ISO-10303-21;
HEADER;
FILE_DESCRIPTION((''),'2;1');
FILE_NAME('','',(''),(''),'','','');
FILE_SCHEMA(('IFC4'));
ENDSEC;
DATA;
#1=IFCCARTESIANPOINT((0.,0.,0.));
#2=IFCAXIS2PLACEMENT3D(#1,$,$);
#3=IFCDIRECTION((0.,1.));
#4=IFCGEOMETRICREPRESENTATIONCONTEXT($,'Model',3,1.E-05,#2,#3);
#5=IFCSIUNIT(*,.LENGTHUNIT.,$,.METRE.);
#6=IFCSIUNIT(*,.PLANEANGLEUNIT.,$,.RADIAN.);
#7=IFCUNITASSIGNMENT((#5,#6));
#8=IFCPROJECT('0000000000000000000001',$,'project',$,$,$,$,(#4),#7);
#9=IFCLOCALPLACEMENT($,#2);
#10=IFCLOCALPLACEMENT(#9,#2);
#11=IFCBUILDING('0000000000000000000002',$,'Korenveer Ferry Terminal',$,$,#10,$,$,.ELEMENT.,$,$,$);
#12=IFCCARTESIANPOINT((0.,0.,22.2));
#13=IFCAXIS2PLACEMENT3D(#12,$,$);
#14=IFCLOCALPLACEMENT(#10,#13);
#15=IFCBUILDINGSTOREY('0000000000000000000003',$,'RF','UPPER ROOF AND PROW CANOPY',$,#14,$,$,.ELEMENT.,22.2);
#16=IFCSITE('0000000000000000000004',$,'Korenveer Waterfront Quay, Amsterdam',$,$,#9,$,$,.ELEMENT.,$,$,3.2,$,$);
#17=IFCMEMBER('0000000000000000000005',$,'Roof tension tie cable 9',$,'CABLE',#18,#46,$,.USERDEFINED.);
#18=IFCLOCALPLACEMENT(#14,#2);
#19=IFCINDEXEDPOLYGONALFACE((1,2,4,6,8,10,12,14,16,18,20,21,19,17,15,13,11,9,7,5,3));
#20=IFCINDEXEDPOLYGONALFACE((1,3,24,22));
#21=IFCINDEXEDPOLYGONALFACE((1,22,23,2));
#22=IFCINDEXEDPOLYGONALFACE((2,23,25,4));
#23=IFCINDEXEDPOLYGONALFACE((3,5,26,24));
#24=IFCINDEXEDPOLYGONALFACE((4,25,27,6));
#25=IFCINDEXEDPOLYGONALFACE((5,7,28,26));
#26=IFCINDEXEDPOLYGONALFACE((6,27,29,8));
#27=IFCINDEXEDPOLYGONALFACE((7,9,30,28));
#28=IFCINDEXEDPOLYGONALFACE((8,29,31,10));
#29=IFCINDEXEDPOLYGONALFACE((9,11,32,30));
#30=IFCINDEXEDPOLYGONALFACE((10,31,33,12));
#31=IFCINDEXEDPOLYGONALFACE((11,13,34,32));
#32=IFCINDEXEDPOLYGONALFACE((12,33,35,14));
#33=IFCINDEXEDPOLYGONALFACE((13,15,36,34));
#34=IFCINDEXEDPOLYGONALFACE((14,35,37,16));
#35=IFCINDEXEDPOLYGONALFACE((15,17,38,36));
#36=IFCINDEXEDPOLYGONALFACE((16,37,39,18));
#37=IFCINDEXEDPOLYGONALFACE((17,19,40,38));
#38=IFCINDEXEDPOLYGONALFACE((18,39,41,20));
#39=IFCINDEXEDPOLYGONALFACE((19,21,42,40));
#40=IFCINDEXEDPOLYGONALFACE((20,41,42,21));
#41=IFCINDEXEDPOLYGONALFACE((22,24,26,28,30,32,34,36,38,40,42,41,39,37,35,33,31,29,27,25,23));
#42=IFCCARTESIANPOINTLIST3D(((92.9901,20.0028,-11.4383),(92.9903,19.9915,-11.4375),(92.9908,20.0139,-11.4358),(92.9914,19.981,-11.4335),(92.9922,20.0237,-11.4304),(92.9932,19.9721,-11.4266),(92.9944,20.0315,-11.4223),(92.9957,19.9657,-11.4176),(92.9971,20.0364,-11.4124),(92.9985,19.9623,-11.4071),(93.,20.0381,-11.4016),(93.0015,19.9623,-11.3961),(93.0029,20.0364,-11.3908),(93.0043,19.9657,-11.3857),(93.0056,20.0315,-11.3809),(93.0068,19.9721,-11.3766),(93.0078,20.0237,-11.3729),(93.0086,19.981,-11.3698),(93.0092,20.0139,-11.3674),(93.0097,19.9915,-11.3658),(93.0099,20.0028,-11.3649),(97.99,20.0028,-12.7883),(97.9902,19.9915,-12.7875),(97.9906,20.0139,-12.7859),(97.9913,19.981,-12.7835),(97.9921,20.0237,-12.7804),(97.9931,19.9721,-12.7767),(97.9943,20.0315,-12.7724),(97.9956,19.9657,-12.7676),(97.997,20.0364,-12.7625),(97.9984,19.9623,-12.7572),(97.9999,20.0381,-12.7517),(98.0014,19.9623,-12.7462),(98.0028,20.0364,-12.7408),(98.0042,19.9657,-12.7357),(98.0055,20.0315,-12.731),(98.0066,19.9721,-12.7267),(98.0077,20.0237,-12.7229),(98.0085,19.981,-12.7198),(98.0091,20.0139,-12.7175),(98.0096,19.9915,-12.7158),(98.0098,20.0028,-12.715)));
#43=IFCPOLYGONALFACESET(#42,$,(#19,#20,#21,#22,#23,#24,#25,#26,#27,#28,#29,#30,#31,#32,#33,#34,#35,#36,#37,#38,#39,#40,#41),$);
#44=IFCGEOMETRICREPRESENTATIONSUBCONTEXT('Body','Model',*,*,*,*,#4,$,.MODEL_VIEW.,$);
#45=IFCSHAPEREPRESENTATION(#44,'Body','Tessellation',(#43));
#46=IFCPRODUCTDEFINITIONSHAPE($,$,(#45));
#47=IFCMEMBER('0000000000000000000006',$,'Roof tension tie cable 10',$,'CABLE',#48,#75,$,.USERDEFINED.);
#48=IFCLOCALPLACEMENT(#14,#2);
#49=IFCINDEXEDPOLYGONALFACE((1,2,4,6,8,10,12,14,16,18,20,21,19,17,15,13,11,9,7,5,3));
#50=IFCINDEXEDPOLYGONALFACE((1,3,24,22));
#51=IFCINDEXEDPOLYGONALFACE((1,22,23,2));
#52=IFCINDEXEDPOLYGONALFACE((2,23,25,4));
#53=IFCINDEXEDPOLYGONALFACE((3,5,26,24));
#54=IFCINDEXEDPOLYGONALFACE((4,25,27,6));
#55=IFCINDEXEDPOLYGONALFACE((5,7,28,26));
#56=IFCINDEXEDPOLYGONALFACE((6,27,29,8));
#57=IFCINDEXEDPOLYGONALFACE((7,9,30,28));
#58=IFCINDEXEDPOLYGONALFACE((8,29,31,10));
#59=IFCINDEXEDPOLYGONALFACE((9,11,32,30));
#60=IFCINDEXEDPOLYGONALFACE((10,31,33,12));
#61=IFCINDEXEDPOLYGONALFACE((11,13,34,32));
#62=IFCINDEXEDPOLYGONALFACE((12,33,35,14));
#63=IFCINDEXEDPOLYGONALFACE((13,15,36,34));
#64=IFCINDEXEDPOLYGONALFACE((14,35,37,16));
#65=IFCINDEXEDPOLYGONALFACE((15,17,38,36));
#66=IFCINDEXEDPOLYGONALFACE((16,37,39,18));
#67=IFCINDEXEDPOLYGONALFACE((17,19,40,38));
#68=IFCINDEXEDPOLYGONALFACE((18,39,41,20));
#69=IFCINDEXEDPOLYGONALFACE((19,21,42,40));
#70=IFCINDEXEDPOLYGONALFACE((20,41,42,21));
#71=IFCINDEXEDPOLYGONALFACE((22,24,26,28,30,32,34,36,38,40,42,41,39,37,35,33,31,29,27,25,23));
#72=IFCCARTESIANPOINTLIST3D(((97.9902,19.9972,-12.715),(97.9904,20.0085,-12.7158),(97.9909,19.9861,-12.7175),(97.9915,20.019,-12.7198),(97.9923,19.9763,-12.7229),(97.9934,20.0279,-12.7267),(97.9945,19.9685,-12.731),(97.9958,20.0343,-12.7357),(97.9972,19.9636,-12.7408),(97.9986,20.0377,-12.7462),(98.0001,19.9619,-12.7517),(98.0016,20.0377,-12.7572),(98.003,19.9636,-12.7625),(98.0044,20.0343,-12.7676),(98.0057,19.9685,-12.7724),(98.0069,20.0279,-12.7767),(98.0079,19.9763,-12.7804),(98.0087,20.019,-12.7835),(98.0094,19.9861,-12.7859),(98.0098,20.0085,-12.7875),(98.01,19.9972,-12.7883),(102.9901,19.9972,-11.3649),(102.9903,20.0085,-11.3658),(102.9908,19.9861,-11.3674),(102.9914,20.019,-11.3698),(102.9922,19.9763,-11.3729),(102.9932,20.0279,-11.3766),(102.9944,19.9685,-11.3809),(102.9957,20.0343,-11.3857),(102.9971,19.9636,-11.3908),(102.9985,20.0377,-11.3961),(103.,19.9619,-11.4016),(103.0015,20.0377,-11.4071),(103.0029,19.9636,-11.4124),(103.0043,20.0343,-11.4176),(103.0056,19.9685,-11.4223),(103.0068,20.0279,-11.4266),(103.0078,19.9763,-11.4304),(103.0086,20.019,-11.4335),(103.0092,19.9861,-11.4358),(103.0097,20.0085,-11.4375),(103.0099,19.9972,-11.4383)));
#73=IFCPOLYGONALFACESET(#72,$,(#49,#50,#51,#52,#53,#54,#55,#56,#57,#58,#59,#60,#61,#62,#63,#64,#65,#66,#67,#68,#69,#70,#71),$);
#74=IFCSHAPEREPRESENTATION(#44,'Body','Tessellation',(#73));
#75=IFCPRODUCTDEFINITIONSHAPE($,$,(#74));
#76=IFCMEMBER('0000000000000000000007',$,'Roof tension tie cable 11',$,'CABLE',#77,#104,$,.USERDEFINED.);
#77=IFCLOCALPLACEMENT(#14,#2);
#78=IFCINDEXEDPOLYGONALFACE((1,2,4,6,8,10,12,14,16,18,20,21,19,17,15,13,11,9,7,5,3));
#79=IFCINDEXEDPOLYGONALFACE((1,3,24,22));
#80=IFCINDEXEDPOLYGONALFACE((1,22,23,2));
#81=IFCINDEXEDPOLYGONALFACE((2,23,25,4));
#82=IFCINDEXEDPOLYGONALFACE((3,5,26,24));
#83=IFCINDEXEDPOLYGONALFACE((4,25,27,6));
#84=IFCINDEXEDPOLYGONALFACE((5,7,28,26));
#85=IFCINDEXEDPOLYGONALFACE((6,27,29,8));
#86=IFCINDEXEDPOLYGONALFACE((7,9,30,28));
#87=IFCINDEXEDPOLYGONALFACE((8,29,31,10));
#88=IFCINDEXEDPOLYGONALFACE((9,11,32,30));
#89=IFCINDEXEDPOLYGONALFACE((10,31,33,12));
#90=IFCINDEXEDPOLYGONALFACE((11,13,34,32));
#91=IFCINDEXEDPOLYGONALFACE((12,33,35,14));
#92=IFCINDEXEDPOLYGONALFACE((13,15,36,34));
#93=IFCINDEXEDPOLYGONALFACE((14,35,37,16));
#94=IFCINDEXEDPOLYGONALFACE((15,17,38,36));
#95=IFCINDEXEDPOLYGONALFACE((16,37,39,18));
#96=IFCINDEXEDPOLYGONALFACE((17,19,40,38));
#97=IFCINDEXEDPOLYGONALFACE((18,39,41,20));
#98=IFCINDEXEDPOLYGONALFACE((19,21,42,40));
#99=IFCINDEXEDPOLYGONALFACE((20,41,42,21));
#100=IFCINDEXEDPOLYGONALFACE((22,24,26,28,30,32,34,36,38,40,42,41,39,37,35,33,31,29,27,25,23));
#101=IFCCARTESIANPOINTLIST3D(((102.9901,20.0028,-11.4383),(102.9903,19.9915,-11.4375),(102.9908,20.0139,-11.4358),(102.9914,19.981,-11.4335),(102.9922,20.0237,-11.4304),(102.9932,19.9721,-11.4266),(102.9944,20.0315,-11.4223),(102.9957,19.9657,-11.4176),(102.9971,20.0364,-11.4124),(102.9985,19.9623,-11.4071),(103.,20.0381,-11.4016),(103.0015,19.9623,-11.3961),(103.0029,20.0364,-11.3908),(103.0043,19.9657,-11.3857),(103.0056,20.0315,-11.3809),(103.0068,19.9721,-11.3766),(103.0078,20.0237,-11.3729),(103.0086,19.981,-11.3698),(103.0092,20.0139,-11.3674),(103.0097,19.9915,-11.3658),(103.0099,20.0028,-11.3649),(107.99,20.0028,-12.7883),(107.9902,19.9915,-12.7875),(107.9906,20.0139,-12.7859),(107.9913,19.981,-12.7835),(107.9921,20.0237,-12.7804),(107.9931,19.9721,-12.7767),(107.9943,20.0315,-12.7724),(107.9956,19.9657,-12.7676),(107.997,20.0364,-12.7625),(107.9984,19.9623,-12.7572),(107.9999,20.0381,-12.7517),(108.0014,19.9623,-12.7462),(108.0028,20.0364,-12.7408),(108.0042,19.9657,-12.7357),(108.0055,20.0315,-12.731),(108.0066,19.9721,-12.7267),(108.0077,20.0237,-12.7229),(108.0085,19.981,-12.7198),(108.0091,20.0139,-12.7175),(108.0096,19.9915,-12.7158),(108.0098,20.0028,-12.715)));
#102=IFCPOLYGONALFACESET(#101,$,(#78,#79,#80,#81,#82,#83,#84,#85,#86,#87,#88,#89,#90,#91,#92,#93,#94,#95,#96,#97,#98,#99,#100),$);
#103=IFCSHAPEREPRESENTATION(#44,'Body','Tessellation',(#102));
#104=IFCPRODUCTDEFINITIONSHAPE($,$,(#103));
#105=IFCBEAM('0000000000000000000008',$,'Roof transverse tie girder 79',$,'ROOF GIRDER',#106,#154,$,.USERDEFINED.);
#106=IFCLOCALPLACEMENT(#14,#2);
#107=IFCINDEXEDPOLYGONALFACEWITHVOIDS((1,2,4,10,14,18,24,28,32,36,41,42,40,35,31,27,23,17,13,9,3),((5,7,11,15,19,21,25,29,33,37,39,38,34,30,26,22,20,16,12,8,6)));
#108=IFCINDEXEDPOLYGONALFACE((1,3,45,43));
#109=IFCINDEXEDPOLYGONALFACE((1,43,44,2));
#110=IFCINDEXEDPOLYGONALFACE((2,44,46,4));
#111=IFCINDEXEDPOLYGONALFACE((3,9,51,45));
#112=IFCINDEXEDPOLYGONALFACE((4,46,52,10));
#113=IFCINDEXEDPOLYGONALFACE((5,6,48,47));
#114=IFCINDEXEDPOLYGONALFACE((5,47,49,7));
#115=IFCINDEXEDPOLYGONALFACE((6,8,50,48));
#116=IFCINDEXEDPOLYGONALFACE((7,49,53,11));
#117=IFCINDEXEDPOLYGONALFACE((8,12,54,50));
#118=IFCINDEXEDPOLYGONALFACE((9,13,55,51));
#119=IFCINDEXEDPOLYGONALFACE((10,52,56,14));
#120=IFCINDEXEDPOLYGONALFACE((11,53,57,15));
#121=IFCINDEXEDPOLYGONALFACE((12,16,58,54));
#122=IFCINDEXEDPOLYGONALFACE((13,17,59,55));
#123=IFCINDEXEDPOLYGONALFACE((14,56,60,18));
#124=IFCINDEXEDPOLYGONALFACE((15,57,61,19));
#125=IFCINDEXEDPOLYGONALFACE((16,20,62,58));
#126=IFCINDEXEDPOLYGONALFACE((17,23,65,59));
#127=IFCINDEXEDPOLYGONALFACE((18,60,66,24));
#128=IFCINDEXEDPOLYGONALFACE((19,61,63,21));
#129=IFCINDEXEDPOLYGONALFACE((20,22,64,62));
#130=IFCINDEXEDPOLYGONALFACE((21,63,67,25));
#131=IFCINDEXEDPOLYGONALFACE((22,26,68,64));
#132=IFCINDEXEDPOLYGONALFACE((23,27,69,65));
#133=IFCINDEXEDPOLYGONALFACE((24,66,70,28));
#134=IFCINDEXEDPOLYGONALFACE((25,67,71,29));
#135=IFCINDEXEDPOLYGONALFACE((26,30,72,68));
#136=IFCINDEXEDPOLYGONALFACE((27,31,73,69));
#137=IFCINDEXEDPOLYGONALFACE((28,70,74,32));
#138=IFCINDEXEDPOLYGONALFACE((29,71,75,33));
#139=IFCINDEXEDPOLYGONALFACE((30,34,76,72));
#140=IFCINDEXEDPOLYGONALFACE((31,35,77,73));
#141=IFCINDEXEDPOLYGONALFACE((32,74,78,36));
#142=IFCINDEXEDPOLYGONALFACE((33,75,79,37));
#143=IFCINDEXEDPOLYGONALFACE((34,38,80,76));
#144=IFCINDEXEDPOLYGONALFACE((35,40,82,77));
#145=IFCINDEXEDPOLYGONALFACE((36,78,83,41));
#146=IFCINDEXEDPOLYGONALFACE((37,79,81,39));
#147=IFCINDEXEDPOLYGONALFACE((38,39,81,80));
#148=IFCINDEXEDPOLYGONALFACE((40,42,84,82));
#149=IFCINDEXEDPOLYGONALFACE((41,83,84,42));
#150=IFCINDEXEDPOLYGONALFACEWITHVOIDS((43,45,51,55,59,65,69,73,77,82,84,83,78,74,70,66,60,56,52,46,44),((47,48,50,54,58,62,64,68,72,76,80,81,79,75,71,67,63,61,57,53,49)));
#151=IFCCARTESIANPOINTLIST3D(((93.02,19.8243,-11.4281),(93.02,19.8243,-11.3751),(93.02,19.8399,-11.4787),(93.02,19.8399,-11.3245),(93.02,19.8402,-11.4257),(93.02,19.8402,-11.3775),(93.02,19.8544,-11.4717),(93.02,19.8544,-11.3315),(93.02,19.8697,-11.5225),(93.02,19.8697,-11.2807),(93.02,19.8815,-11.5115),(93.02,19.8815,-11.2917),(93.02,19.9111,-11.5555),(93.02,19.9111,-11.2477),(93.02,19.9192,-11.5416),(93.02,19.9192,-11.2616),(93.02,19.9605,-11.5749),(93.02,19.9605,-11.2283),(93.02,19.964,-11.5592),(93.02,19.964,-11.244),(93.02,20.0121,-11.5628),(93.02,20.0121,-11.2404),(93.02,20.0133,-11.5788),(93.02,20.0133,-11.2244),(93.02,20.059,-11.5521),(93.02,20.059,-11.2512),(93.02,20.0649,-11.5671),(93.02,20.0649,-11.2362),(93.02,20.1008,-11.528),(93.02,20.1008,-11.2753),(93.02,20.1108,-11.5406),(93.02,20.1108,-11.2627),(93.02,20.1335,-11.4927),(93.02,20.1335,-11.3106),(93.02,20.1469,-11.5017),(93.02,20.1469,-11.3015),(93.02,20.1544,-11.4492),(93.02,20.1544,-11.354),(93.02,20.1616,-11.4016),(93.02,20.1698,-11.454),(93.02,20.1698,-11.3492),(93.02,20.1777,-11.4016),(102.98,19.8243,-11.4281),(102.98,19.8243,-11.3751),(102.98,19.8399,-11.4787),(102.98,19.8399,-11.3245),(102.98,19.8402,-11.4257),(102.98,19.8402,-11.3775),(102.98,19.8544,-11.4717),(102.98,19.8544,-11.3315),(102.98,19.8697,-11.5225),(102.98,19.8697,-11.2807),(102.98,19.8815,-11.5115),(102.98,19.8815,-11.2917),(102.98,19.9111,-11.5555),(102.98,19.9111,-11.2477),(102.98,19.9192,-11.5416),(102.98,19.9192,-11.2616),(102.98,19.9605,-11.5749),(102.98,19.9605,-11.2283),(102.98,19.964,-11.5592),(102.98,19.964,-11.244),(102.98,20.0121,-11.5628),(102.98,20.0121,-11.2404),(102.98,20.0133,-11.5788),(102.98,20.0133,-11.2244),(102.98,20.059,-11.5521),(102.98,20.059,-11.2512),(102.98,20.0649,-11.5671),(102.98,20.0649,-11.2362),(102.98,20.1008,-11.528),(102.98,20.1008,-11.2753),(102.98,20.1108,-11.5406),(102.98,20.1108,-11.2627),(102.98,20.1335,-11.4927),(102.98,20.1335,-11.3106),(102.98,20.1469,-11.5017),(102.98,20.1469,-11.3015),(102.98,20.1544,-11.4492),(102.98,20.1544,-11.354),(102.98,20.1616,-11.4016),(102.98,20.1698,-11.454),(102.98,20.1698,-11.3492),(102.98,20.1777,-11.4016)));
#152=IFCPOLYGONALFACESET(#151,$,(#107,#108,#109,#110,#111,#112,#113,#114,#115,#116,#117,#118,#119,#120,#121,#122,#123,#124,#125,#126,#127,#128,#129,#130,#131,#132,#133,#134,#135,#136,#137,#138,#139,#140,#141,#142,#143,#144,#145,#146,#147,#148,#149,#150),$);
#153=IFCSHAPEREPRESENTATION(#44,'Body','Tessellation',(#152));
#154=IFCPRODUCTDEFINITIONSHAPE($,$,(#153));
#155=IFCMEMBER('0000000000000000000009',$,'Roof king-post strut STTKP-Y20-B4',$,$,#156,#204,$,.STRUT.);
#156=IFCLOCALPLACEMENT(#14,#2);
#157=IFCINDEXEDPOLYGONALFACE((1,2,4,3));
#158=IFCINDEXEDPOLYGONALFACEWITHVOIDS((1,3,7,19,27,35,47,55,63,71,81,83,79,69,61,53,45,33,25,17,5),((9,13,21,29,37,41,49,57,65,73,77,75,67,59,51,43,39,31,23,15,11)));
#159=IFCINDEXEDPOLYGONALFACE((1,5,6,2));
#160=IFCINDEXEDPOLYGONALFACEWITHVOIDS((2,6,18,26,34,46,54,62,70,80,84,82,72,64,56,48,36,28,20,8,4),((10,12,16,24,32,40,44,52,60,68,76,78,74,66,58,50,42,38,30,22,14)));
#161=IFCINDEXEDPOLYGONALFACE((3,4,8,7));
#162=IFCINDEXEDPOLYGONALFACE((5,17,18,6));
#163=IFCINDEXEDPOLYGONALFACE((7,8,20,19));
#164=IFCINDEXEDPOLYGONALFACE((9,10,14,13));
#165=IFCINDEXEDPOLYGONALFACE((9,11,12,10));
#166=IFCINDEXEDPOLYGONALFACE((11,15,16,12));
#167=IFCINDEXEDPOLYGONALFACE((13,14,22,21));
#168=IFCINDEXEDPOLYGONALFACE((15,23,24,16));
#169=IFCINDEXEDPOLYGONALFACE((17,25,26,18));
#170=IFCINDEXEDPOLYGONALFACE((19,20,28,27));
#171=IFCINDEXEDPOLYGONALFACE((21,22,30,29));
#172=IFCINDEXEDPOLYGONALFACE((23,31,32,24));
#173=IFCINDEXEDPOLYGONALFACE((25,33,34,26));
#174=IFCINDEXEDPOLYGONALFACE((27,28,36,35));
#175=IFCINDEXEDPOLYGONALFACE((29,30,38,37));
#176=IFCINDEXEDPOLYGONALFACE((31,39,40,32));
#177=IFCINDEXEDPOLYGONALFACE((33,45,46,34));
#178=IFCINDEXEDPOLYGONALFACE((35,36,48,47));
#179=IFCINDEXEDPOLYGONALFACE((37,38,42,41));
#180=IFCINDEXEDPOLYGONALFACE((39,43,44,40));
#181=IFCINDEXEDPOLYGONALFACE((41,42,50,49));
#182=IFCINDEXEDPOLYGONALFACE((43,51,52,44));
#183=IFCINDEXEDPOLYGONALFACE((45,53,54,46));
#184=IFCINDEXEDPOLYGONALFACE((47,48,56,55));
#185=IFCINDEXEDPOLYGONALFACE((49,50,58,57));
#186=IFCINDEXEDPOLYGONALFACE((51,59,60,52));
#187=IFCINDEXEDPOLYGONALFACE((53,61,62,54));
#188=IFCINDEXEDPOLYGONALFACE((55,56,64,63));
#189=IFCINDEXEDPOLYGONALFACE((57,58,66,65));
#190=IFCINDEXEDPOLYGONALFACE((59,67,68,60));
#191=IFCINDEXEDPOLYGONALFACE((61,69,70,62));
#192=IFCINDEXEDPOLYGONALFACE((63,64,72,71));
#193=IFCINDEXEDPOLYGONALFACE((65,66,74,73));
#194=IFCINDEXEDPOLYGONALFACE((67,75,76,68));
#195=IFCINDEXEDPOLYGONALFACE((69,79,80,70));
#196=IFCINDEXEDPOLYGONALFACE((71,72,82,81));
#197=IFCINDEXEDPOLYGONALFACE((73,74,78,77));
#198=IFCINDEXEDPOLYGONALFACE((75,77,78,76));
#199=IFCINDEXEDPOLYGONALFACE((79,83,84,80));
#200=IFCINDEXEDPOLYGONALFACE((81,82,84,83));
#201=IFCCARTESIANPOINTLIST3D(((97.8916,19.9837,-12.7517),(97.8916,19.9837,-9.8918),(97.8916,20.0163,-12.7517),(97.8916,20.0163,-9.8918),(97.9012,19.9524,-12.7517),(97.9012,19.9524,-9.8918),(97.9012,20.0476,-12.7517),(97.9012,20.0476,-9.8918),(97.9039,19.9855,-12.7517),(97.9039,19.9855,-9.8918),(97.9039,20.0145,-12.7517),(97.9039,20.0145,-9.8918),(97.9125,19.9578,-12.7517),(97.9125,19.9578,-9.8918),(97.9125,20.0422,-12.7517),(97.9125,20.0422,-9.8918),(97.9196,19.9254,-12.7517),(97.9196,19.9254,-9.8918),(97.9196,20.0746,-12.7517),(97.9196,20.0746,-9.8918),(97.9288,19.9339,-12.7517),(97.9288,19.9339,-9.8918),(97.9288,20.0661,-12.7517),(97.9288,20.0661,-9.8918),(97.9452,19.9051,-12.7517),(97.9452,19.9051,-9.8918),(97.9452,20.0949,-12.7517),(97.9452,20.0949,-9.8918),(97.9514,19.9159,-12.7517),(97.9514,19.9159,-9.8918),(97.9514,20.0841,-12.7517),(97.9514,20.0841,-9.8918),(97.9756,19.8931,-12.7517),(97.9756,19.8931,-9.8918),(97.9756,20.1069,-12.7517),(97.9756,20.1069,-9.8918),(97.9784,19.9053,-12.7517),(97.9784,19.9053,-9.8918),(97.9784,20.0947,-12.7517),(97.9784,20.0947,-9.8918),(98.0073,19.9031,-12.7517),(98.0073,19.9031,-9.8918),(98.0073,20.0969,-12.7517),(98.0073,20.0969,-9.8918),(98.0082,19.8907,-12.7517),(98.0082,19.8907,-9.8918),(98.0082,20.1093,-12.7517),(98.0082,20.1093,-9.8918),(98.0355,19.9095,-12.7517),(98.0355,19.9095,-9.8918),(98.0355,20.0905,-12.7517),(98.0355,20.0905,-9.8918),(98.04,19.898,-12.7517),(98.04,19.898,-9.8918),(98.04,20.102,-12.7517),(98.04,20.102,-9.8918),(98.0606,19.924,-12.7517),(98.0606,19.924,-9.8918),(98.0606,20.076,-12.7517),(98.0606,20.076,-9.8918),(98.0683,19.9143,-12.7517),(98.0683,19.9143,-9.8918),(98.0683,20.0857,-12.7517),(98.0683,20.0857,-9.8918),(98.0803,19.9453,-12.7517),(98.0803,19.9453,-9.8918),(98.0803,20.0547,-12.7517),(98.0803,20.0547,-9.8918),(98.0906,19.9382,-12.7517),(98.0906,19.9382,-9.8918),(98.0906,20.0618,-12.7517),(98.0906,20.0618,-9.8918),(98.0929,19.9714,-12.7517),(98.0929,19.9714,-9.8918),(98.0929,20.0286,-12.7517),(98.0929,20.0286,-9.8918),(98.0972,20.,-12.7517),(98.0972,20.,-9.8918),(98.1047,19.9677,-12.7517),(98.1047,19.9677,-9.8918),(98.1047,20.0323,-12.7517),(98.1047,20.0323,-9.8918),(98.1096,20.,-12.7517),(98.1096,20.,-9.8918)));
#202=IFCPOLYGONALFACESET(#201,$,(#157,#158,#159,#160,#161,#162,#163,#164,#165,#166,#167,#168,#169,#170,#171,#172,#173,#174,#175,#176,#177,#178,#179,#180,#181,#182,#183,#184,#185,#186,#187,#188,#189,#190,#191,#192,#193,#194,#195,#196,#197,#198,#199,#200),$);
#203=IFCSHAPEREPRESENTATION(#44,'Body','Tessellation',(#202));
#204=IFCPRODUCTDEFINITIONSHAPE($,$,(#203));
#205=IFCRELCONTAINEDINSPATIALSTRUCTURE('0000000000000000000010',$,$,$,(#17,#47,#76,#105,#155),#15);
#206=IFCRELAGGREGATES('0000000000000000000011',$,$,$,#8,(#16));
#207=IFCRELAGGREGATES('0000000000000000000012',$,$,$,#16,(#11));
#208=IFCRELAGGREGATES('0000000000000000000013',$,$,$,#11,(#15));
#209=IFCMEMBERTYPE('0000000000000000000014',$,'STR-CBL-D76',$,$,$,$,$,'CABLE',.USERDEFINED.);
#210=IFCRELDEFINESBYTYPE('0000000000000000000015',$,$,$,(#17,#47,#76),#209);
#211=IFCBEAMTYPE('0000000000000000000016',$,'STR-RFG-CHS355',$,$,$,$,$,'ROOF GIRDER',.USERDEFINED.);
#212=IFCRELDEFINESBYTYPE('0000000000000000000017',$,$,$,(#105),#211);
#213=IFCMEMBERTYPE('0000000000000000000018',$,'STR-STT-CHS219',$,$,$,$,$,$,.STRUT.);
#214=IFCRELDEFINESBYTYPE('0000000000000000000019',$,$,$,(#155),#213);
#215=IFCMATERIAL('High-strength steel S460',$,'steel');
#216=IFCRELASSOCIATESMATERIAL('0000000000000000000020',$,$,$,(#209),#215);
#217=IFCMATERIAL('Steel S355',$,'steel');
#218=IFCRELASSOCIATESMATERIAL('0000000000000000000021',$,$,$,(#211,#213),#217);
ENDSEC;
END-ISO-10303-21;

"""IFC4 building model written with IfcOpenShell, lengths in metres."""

from ifc_helpers import new_model, si_unit, direction, frame, origin, origin_2d, place, context, subcontext, project, spatial, circle, hollow_circle, extrude, material, material_profile, profile_set, type_object, element, save


model = new_model("IFC4")

# Units and contexts
model_context = context("Model", 3, precision=1e-05, world=origin(), true_north=direction((0.0, 1.0)))
body_context = subcontext(model_context, "Body", "Model", "MODEL_VIEW")
ifc_project = project(units=[si_unit("LENGTHUNIT", "METRE"), si_unit("PLANEANGLEUNIT", "RADIAN")], contexts=[model_context])

# Site, building, storey
site_placement = place(None, origin())
site = spatial("IfcSite", under=ifc_project, at=site_placement, Name="Korenveer Waterfront Quay, Amsterdam", CompositionType="ELEMENT", RefElevation=3.2)
building_placement = place(site_placement, origin())
building = spatial("IfcBuilding", under=site, at=building_placement, Name="Korenveer Ferry Terminal", CompositionType="ELEMENT")
storey_placement = place(building_placement, frame((0.0, 0.0, 22.2)))
storey = spatial("IfcBuildingStorey", under=building, at=storey_placement, Name="RF", Description="UPPER ROOF AND PROW CANOPY", CompositionType="ELEMENT", Elevation=22.2)

# Shared definitions
ifc_material_1 = material(Name="Steel S355", Category="steel")

# Members
ifc_material_2 = material(Name="High-strength steel S460", Category="steel")
ifc_material_profile_1 = material_profile(ifc_material_2, circle(Radius=0.0381, at=origin_2d()), Name="ROD D76")
ifc_profile_set_1 = profile_set([ifc_material_profile_1], Name="High-strength steel S460")
member_type_1 = type_object("IfcMemberType", Name="STR-CBL-D76", ElementType="CABLE", PredefinedType="USERDEFINED", material=ifc_profile_set_1)
for number, where, z_axis, x_axis, name in (
    (1, (93.0, 20.0, -11.4016), (0.965424, 0.0, -0.260683), (0.0, 1.0, 0.0), "Roof tension tie cable 9"),
    (2, (103.0, 20.0, -11.4016), (-0.965424, 0.0, -0.260683), (0.0, -1.0, 0.0), "Roof tension tie cable 10"),
    (3, (103.0, 20.0, -11.4016), (0.965424, 0.0, -0.260683), (0.0, 1.0, 0.0), "Roof tension tie cable 11"),
):
    element("IfcMember", number, at=place(storey_placement, frame(where, z_axis=z_axis, x_axis=x_axis)), inside=storey, type_object=member_type_1, Name=name, ObjectType="CABLE", PredefinedType="USERDEFINED", context=body_context, shape_type="SweptSolid", body=[
        extrude(circle(Radius=0.0381, at=origin_2d()), origin(), (0.0, 0.0, 1.0), 5.179),
    ])

# Beam
ifc_material_profile_2 = material_profile(ifc_material_1, hollow_circle(Radius=0.1777, WallThickness=0.0161, at=origin_2d()), Name="CHS 355.6x16")
ifc_profile_set_2 = profile_set([ifc_material_profile_2], Name="Steel S355")
beam_type_1 = type_object("IfcBeamType", Name="STR-RFG-CHS355", ElementType="ROOF GIRDER", PredefinedType="USERDEFINED", material=ifc_profile_set_2)
beam_1_placement = place(storey_placement, frame((93.02, 20.0, -11.4016), z_axis=(1.0, 0.0, 0.0), x_axis=(0.0, 1.0, 0.0)))
element("IfcBeam", 4, at=beam_1_placement, inside=storey, type_object=beam_type_1, Name="Roof transverse tie girder 79", ObjectType="ROOF GIRDER", PredefinedType="USERDEFINED", context=body_context, shape_type="SweptSolid", body=[
    extrude(hollow_circle(Radius=0.1777, WallThickness=0.0161, at=origin_2d()), origin(), (0.0, 0.0, 1.0), 9.96),
])

# Member
ifc_material_profile_3 = material_profile(ifc_material_1, hollow_circle(Radius=0.1096, WallThickness=0.0125, at=origin_2d()), Name="CHS 219.1x12.5")
ifc_profile_set_3 = profile_set([ifc_material_profile_3], Name="Steel S355")
member_type_2 = type_object("IfcMemberType", Name="STR-STT-CHS219", PredefinedType="STRUT", material=ifc_profile_set_3)
member_placement = place(storey_placement, frame((98.0, 20.0, -12.7517), z_axis=(0.0, 0.0, 1.0), x_axis=(1.0, 0.0, 0.0)))
element("IfcMember", 5, at=member_placement, inside=storey, type_object=member_type_2, Name="Roof king-post strut STTKP-Y20-B4", PredefinedType="STRUT", context=body_context, shape_type="SweptSolid", body=[
    extrude(hollow_circle(Radius=0.1096, WallThickness=0.0125, at=origin_2d()), origin(), (0.0, 0.0, 1.0), 2.8599),
])

save(model, "model.ifc")
